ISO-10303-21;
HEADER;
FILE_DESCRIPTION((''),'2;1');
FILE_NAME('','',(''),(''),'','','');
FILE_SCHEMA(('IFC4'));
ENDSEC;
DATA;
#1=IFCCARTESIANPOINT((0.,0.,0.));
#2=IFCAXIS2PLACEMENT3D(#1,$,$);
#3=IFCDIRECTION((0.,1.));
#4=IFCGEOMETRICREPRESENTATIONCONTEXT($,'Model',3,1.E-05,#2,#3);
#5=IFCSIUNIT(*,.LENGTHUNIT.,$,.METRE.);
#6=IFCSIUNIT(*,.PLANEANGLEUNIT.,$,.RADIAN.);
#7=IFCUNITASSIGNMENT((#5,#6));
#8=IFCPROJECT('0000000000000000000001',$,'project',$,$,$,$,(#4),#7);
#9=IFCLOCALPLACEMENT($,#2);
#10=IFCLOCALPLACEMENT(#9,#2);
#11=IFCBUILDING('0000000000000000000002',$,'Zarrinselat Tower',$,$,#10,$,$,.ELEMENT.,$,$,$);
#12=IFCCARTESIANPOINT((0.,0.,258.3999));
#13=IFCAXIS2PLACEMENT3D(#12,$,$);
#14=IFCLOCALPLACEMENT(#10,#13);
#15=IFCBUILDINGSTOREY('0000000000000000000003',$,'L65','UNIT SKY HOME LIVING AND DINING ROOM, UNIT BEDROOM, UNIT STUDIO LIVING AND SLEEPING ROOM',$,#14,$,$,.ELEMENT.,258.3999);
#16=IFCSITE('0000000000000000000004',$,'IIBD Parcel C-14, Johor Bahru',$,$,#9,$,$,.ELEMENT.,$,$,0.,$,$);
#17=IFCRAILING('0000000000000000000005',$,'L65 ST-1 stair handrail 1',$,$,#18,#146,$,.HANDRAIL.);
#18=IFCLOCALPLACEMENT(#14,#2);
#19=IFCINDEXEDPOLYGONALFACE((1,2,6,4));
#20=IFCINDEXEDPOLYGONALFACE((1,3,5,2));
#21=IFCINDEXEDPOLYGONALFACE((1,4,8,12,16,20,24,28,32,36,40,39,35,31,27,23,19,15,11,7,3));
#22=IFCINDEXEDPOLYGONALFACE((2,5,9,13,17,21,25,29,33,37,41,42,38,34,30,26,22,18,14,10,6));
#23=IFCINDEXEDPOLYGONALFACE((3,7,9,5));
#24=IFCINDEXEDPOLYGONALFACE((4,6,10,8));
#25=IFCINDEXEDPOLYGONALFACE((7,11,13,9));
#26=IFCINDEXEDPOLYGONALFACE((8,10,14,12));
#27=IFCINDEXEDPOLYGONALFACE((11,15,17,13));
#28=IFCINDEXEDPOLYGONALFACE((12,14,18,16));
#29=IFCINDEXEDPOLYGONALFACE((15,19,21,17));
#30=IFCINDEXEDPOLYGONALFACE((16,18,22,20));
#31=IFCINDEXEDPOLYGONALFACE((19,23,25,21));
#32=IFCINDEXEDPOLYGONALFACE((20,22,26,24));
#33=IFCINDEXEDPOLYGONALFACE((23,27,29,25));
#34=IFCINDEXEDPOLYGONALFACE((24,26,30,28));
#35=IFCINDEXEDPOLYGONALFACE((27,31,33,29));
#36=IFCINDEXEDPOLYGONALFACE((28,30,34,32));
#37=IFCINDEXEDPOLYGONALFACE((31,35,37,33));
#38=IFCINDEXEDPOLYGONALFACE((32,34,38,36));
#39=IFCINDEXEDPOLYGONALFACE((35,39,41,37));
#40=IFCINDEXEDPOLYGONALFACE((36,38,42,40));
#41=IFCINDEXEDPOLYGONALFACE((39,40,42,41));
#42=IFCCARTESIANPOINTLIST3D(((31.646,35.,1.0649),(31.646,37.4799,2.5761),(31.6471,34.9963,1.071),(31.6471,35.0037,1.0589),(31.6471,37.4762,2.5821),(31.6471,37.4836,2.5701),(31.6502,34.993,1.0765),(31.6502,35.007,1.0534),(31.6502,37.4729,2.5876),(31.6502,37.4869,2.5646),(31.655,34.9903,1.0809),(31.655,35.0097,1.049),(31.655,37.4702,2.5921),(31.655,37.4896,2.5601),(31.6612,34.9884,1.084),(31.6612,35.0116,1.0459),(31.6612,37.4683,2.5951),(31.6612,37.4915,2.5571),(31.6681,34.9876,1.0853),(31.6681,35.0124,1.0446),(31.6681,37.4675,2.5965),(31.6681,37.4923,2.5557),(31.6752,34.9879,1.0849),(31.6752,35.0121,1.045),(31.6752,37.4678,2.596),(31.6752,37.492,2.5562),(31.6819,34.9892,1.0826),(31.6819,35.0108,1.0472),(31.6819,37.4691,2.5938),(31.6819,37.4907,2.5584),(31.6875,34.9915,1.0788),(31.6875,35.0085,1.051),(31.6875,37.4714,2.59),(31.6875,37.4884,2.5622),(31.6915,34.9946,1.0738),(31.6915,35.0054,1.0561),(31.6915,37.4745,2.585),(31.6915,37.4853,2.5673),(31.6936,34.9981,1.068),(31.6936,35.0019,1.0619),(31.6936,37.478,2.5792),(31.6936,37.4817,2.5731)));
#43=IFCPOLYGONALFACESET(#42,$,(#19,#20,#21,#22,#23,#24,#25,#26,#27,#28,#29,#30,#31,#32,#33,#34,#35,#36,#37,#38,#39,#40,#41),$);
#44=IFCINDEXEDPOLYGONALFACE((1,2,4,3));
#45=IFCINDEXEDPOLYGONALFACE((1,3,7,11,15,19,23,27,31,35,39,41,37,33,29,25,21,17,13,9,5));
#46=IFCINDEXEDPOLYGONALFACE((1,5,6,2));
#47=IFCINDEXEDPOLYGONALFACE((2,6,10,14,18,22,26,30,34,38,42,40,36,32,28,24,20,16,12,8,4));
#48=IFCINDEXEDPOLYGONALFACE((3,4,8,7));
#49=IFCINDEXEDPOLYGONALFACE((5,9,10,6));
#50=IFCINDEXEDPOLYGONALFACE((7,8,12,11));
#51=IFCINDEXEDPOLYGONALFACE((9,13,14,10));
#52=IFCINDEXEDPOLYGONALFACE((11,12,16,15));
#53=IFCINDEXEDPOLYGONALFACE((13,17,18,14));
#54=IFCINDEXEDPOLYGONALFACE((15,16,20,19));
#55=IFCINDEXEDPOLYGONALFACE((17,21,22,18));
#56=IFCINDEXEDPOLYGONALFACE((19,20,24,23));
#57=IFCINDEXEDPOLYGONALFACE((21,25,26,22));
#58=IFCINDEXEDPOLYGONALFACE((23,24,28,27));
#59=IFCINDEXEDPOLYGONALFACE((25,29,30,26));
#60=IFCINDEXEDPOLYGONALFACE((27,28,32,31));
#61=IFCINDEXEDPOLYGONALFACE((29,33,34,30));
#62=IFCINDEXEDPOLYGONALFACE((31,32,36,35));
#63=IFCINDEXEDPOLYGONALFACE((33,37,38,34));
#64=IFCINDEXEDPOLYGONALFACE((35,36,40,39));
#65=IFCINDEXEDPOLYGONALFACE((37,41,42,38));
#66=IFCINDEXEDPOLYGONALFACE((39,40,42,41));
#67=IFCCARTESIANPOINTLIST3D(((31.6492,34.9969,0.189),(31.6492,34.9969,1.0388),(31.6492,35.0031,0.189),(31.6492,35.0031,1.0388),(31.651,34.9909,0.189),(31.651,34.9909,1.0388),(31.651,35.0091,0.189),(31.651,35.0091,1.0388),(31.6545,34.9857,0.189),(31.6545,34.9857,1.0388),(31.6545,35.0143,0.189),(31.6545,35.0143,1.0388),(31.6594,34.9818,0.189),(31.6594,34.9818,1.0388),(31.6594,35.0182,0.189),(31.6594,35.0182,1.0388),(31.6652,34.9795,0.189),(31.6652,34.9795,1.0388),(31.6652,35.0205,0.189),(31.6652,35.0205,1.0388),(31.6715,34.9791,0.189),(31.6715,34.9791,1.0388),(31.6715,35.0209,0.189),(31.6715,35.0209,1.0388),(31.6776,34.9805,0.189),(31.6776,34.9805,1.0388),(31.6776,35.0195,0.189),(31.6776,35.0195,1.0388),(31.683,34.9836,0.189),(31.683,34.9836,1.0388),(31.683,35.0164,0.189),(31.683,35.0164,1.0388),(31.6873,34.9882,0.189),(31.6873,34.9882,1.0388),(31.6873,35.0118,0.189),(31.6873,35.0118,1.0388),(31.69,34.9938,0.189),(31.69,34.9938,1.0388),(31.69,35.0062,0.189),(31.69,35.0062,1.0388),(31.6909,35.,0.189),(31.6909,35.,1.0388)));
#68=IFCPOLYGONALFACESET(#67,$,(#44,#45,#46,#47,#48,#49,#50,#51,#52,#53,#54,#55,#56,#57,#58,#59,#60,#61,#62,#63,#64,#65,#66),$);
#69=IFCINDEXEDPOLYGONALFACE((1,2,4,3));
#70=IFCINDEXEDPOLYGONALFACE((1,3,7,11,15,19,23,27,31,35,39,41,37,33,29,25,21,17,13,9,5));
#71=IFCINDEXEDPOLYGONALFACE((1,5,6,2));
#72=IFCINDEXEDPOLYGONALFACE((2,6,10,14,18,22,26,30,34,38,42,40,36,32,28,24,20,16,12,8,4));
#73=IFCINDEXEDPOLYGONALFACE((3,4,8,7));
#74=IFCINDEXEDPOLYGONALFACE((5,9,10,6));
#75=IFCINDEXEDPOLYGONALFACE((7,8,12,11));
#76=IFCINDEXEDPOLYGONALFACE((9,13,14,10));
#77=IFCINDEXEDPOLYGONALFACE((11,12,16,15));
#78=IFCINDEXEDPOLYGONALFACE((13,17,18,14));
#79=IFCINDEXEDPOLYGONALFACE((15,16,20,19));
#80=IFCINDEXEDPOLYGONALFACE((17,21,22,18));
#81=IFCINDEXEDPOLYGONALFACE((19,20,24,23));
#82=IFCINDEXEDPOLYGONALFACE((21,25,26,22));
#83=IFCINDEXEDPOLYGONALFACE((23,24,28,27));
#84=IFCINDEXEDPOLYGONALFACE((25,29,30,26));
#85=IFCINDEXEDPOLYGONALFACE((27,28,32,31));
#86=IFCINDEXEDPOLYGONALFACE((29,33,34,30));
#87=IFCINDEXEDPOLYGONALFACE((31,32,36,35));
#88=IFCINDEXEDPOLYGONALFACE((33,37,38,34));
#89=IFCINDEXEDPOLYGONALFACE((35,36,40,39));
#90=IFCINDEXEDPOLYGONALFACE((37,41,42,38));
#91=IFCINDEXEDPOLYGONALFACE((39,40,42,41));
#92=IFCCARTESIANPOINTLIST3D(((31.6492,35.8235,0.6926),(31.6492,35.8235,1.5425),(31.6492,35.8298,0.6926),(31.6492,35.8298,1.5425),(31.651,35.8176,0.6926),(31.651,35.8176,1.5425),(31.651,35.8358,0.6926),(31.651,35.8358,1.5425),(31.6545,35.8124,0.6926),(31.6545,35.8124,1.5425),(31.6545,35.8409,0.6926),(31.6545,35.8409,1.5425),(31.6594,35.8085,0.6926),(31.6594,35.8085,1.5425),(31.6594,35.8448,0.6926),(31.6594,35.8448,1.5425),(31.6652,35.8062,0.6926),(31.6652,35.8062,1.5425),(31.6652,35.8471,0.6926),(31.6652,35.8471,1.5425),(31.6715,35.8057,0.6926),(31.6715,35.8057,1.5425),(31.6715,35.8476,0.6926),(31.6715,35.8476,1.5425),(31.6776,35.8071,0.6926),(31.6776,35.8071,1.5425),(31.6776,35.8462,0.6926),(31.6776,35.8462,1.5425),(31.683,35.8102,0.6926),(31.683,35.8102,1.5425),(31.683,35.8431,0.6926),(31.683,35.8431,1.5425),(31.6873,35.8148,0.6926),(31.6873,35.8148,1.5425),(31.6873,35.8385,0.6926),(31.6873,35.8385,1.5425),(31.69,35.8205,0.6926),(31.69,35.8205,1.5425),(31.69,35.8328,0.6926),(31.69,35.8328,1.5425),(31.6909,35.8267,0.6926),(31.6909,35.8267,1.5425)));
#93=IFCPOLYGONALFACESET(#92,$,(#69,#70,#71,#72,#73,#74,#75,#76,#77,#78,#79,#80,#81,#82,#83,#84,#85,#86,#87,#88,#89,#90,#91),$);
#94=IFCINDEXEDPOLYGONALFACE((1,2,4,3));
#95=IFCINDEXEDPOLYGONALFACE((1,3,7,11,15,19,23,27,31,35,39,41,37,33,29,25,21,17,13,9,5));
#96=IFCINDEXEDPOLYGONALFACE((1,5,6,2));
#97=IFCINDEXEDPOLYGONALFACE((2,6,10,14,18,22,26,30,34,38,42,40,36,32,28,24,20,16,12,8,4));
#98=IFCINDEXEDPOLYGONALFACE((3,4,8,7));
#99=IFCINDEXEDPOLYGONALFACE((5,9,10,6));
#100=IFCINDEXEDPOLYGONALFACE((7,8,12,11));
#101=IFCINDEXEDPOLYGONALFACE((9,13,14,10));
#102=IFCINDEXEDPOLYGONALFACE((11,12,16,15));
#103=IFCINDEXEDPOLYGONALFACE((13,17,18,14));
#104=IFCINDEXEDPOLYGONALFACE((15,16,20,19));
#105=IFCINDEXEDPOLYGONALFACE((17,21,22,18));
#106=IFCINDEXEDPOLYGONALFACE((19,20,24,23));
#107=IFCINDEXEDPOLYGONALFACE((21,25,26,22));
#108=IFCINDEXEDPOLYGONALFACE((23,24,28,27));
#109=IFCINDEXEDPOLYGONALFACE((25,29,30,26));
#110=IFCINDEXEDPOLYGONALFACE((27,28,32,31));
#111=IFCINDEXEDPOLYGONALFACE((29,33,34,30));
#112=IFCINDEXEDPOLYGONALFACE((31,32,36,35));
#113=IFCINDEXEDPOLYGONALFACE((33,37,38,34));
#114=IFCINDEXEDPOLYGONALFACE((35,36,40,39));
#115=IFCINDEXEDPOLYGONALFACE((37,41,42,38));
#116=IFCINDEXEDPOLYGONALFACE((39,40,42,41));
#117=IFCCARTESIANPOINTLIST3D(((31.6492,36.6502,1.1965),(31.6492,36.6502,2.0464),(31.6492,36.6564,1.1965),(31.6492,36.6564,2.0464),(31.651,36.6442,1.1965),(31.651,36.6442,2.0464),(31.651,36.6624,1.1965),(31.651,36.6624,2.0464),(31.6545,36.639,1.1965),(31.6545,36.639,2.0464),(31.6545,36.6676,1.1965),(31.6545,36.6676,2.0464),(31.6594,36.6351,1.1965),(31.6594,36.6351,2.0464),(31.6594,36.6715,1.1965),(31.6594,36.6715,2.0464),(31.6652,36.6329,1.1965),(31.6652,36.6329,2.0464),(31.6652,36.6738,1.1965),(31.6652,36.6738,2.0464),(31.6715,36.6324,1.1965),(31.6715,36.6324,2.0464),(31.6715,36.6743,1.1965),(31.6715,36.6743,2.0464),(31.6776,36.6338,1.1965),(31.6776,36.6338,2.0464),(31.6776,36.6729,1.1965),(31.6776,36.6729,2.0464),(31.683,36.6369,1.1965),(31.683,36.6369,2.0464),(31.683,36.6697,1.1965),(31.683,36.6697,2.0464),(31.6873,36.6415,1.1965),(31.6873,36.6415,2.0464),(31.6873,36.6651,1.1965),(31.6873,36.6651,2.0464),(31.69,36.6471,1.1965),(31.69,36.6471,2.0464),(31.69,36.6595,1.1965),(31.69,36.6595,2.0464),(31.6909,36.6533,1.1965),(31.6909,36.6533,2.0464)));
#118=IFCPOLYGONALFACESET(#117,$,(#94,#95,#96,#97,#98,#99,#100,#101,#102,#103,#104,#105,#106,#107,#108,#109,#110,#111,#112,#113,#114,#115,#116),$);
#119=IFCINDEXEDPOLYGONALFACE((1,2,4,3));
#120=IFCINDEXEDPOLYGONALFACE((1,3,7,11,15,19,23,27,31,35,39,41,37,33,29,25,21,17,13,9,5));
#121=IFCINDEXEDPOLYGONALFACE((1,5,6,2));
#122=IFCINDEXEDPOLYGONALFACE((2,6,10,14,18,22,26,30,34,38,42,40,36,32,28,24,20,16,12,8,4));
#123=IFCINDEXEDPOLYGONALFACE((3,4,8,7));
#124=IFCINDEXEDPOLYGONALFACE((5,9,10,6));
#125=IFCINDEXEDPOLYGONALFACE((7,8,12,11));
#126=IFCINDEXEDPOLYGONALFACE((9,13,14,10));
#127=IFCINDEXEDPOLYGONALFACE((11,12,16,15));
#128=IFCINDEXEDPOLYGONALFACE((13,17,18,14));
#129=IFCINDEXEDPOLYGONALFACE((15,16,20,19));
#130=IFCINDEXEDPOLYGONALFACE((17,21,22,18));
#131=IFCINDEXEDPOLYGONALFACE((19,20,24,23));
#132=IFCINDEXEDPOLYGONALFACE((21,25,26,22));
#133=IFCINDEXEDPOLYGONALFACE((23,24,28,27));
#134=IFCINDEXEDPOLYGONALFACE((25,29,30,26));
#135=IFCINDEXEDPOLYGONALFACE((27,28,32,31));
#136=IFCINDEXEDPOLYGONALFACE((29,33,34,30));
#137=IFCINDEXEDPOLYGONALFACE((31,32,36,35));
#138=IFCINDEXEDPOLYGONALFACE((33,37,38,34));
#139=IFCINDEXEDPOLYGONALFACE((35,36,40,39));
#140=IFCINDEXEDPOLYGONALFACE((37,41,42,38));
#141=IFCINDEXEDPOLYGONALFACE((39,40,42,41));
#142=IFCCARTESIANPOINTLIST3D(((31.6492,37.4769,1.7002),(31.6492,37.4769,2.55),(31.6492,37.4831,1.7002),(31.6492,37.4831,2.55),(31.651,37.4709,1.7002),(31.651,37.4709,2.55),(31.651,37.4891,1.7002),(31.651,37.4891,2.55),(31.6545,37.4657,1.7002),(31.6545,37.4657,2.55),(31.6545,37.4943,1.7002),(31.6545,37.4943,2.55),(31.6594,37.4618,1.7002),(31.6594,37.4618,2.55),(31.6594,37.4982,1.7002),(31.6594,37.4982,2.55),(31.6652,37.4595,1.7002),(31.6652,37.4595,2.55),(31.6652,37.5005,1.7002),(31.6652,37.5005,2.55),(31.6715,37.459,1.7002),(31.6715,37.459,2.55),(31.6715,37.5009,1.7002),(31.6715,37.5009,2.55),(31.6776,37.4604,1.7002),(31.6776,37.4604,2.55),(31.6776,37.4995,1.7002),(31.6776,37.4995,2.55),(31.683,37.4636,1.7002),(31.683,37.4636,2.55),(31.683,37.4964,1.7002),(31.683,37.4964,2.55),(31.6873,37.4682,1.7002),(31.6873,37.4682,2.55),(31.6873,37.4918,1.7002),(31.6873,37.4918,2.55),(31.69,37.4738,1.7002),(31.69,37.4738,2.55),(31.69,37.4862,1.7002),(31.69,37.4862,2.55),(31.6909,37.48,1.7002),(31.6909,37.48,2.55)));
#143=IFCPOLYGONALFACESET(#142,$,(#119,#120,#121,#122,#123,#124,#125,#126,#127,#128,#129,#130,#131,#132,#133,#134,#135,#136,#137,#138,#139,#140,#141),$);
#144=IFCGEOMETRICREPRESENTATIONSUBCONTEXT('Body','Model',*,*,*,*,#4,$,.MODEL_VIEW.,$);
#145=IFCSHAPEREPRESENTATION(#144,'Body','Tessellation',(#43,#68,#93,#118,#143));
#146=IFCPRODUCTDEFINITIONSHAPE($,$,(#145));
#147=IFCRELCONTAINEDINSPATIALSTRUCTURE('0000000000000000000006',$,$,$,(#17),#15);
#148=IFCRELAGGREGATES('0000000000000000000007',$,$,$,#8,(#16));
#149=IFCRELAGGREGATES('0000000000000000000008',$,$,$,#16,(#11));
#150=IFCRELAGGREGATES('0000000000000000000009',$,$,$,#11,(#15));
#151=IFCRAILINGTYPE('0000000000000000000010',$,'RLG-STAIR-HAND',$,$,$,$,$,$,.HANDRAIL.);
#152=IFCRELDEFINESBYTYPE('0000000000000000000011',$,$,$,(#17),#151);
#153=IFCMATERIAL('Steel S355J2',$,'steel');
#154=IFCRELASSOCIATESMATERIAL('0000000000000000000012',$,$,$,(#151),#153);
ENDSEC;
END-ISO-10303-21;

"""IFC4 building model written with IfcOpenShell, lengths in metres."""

from ifc_helpers import new_model, si_unit, direction, frame, origin, origin_2d, place, context, subcontext, project, spatial, circle, extrude, material, type_object, element, save


model = new_model("IFC4")

# Units and contexts
model_context = context("Model", 3, precision=1e-05, world=origin(), true_north=direction((0.0, 1.0)))
body_context = subcontext(model_context, "Body", "Model", "MODEL_VIEW")
ifc_project = project(units=[si_unit("LENGTHUNIT", "METRE"), si_unit("PLANEANGLEUNIT", "RADIAN")], contexts=[model_context])

# Site, building, storey
site_placement = place(None, origin())
site = spatial("IfcSite", under=ifc_project, at=site_placement, Name="IIBD Parcel C-14, Johor Bahru", CompositionType="ELEMENT", RefElevation=0.0)
building_placement = place(site_placement, origin())
building = spatial("IfcBuilding", under=site, at=building_placement, Name="Zarrinselat Tower", CompositionType="ELEMENT")
storey_placement = place(building_placement, frame((0.0, 0.0, 258.3999)))
storey = spatial("IfcBuildingStorey", under=building, at=storey_placement, Name="L65", Description="UNIT SKY HOME LIVING AND DINING ROOM, UNIT BEDROOM, UNIT STUDIO LIVING AND SLEEPING ROOM", CompositionType="ELEMENT", Elevation=258.3999)

# Railing
ifc_material_1 = material(Name="Steel S355J2", Category="steel")
railing_type_1 = type_object("IfcRailingType", Name="RLG-STAIR-HAND", PredefinedType="HANDRAIL", material=ifc_material_1)
railing_1_placement = place(storey_placement, frame((31.6699, 35.0, 0.189)))
element("IfcRailing", 1, at=railing_1_placement, inside=storey, type_object=railing_type_1, Name="L65 ST-1 stair handrail 1", PredefinedType="HANDRAIL", context=body_context, shape_type="SweptSolid", body=[
    extrude(circle(Radius=0.0239, at=origin_2d()), frame((0.0, 0.0, 0.876), z_axis=(0.0, 0.853942, 0.520368), x_axis=(-1.0, 0.0, 0.0)), (0.0, 0.0, 1.0), 2.9041),
    extrude(circle(Radius=0.021, at=origin_2d()), origin(), (0.0, 0.0, 1.0), 0.8499),
    extrude(circle(Radius=0.021, at=origin_2d()), frame((0.0, 0.8267, 0.5037)), (0.0, 0.0, 1.0), 0.8499),
    extrude(circle(Radius=0.021, at=origin_2d()), frame((0.0, 1.6533, 1.0076)), (0.0, 0.0, 1.0), 0.8499),
    extrude(circle(Radius=0.021, at=origin_2d()), frame((0.0, 2.48, 1.5112)), (0.0, 0.0, 1.0), 0.8499),
])

save(model, "model.ifc")
